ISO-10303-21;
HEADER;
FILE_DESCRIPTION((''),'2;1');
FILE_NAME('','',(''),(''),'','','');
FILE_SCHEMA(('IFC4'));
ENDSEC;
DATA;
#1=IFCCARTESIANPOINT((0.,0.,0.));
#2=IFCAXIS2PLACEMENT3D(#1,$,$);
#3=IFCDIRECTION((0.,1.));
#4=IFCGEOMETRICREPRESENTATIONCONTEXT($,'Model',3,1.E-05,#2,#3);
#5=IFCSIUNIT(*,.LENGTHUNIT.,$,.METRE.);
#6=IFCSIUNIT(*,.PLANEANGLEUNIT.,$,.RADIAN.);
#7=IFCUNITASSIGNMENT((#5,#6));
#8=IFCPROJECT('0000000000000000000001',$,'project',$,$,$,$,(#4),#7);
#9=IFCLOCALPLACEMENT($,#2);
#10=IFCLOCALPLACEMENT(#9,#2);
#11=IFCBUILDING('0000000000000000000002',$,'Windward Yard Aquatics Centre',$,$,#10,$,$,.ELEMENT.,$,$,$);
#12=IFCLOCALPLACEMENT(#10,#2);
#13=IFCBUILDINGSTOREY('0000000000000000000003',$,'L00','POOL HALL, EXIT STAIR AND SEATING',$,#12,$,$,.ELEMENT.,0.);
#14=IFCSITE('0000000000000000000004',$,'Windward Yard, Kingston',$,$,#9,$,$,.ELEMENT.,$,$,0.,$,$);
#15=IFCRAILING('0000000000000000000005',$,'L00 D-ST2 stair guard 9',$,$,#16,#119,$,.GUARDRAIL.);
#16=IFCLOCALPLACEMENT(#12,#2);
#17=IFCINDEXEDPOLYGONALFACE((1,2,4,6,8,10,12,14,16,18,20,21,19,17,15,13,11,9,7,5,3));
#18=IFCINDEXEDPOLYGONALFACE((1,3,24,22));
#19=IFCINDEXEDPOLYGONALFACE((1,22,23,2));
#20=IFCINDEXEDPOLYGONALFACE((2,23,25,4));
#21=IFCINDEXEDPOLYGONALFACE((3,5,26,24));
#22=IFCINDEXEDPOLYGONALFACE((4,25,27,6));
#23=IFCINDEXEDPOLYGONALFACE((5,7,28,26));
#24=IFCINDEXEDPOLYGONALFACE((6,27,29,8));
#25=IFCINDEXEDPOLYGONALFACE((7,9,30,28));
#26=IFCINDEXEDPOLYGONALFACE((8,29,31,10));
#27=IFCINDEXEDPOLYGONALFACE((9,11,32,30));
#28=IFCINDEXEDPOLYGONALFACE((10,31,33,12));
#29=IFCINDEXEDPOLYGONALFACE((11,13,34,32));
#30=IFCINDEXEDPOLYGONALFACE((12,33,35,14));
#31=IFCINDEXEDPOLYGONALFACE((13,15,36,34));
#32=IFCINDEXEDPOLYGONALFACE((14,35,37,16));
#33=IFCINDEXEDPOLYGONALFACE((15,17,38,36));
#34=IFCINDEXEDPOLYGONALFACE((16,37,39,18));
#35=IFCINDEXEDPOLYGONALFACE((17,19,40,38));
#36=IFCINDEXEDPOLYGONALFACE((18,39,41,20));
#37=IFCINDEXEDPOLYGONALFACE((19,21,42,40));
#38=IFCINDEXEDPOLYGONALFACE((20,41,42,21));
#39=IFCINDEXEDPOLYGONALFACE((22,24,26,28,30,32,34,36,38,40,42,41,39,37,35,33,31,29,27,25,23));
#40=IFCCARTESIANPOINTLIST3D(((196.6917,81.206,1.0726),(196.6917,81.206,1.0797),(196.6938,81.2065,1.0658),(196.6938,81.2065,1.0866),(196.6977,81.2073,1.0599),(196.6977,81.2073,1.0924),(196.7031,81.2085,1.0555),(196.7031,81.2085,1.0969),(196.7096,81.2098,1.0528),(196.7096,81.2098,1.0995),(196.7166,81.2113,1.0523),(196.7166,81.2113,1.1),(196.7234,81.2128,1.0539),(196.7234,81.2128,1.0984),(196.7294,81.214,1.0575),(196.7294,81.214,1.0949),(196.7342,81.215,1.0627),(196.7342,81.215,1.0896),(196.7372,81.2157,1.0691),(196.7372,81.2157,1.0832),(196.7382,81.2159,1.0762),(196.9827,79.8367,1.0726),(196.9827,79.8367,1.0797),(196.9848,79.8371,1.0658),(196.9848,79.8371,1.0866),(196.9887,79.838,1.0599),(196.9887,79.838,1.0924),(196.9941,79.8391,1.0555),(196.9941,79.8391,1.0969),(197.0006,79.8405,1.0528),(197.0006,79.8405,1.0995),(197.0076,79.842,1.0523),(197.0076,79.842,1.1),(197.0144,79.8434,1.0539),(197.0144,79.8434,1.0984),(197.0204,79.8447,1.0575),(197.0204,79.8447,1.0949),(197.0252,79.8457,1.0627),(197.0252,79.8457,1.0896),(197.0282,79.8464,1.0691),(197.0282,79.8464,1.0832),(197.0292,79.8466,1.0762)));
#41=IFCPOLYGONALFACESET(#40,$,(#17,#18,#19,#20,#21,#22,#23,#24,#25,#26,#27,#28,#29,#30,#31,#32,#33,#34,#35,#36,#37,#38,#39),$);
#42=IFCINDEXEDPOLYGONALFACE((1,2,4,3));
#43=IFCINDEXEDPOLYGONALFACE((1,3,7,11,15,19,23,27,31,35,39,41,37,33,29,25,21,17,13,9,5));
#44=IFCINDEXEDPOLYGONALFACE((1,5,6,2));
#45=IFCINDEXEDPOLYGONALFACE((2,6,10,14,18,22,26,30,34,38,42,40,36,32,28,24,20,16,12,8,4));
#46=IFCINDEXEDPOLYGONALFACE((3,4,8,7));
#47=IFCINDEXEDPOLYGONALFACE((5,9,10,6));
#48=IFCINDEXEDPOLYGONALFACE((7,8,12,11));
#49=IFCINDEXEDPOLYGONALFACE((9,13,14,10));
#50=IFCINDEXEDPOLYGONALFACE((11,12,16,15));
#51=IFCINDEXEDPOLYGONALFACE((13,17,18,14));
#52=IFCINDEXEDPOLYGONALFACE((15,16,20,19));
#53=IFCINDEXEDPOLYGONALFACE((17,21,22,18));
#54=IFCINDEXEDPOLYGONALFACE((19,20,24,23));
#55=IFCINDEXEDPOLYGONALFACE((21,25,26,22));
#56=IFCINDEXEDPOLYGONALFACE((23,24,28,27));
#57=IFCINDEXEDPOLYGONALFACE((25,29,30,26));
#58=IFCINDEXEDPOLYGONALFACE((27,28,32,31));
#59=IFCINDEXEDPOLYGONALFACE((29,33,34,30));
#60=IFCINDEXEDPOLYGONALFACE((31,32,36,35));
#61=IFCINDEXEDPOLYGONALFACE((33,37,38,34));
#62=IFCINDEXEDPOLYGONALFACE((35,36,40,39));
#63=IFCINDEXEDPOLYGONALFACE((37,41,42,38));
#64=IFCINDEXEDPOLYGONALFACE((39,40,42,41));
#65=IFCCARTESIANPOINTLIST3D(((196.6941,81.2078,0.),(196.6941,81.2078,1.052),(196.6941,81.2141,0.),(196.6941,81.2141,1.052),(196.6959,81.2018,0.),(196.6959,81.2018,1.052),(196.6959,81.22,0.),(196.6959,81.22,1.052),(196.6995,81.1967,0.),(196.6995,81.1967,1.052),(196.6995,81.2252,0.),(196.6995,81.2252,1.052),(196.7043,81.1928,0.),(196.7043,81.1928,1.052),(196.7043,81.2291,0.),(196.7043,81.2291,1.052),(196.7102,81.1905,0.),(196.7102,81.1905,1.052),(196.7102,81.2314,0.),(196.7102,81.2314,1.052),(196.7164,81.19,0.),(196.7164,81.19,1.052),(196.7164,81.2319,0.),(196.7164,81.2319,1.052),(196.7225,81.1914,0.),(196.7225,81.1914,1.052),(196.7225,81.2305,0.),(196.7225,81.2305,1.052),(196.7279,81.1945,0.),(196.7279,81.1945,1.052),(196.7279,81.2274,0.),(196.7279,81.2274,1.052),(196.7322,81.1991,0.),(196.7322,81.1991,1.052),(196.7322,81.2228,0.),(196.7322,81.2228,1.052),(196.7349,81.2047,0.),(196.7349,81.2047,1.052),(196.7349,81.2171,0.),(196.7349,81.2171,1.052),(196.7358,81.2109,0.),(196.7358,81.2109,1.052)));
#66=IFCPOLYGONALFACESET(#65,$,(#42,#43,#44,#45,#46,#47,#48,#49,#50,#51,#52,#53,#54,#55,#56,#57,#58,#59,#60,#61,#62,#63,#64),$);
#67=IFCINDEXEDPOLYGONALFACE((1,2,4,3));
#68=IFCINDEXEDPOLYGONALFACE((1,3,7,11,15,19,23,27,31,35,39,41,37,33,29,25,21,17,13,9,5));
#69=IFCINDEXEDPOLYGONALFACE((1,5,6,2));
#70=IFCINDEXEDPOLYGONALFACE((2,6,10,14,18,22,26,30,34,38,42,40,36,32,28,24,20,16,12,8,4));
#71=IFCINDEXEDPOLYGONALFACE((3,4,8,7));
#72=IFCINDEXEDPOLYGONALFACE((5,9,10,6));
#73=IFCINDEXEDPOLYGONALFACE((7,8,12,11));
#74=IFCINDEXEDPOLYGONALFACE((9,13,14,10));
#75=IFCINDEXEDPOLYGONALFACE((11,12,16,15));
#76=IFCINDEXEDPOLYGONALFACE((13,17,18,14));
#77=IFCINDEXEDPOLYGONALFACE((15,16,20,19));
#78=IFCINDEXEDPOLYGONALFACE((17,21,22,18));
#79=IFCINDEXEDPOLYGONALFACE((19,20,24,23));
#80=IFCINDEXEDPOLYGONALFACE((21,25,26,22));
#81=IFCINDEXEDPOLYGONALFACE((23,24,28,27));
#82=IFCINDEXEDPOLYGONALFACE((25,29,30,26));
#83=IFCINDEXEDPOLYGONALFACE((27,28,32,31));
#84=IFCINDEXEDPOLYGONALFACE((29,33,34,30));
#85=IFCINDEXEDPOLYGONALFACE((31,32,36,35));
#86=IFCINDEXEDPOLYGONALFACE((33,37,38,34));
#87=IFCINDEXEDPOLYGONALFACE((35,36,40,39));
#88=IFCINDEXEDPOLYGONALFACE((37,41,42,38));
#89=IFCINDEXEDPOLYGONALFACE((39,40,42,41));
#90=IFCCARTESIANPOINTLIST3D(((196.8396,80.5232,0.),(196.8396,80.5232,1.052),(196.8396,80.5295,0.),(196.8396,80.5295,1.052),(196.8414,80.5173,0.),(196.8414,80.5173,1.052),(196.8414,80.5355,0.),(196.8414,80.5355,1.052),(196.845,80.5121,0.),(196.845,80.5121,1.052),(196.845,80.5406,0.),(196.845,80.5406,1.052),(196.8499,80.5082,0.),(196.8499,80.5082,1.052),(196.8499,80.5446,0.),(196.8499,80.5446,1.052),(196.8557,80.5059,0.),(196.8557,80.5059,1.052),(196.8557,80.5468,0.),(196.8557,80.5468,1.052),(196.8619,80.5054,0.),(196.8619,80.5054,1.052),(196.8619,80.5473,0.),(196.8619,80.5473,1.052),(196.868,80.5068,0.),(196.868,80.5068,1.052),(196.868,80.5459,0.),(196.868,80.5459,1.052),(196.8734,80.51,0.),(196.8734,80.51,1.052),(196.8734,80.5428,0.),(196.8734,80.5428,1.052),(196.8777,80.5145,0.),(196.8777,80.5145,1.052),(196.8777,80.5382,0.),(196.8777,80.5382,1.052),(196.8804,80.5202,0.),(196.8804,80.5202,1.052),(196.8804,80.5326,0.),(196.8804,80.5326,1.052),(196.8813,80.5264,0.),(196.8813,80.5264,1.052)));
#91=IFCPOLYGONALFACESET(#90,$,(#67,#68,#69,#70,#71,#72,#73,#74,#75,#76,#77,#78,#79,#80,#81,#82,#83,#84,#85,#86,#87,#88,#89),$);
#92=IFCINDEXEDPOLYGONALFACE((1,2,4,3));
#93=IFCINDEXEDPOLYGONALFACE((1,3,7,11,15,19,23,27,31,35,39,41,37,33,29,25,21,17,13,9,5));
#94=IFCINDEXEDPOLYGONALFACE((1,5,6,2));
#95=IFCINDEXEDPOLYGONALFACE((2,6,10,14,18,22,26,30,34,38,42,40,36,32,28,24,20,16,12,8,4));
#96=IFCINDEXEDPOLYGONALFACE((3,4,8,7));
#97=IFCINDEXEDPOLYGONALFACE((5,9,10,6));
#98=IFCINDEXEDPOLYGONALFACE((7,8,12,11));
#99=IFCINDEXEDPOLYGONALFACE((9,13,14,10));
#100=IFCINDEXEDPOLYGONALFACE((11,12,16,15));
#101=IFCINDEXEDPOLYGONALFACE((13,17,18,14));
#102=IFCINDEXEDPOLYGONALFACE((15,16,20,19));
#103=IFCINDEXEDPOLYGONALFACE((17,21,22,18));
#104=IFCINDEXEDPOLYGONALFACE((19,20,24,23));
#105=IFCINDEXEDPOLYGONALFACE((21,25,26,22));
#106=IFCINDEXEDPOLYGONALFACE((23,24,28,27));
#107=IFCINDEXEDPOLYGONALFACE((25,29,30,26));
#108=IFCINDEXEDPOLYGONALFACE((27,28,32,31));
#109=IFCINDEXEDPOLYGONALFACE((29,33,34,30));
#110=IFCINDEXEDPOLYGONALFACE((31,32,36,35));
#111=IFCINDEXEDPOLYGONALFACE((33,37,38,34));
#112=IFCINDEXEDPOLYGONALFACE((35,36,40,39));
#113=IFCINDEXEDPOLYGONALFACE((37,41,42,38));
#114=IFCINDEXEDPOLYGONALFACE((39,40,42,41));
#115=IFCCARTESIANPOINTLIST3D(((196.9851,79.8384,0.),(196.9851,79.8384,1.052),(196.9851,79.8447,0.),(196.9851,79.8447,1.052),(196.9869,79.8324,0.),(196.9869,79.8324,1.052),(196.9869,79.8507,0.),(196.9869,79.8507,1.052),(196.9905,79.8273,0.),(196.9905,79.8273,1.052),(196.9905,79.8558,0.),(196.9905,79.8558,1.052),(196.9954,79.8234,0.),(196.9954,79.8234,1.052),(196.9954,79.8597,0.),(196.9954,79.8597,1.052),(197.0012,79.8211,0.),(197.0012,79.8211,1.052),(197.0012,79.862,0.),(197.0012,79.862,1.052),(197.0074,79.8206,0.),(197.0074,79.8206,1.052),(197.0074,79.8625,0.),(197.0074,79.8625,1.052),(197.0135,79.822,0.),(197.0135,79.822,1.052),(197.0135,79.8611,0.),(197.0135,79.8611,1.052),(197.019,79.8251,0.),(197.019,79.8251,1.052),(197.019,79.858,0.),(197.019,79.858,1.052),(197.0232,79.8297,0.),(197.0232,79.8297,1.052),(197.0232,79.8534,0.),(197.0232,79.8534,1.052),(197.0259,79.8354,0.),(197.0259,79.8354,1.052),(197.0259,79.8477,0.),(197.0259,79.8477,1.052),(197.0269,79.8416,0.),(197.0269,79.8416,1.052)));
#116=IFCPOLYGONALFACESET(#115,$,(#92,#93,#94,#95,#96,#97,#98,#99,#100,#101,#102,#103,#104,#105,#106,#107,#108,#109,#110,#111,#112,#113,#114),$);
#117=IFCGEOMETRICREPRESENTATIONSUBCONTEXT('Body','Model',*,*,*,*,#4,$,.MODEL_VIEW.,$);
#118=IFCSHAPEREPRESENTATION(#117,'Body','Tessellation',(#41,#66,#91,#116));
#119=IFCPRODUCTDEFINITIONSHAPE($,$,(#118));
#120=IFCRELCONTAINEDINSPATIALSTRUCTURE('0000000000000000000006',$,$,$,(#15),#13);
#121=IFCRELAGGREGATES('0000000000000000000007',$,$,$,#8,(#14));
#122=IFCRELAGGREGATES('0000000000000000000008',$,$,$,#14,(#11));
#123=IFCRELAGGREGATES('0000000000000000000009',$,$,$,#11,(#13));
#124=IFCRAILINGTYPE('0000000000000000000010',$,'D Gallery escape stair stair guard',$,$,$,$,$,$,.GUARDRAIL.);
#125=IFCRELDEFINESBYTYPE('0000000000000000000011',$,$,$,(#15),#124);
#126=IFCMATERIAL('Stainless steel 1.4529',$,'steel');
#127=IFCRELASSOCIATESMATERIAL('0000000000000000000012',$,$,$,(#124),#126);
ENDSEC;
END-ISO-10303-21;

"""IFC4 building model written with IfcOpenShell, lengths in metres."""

from ifc_helpers import new_model, si_unit, direction, frame, origin, origin_2d, place, context, subcontext, project, spatial, circle, extrude, material, type_object, element, save


model = new_model("IFC4")

# Units and contexts
model_context = context("Model", 3, precision=1e-05, world=origin(), true_north=direction((0.0, 1.0)))
body_context = subcontext(model_context, "Body", "Model", "MODEL_VIEW")
ifc_project = project(units=[si_unit("LENGTHUNIT", "METRE"), si_unit("PLANEANGLEUNIT", "RADIAN")], contexts=[model_context])

# Site, building, storey
site_placement = place(None, origin())
site = spatial("IfcSite", under=ifc_project, at=site_placement, Name="Windward Yard, Kingston", CompositionType="ELEMENT", RefElevation=0.0)
building_placement = place(site_placement, origin())
building = spatial("IfcBuilding", under=site, at=building_placement, Name="Windward Yard Aquatics Centre", CompositionType="ELEMENT")
storey_placement = place(building_placement, origin())
storey = spatial("IfcBuildingStorey", under=building, at=storey_placement, Name="L00", Description="POOL HALL, EXIT STAIR AND SEATING", CompositionType="ELEMENT", Elevation=0.0)

# Railing
ifc_material_1 = material(Name="Stainless steel 1.4529", Category="steel")
railing_type = type_object("IfcRailingType", Name="D Gallery escape stair stair guard", PredefinedType="GUARDRAIL", material=ifc_material_1)
railing_1_placement = place(storey_placement, frame((196.7148, 81.2109, 0.0)))
element("IfcRailing", 1, at=railing_1_placement, inside=storey, type_object=railing_type, Name="L00 D-ST2 stair guard 9", PredefinedType="GUARDRAIL", context=body_context, shape_type="SweptSolid", body=[
    extrude(circle(Radius=0.0239, at=origin_2d()), frame((0.0, 0.0, 1.0762), z_axis=(0.207873, -0.978156, 0.0), x_axis=(0.978156, 0.207873, 0.0)), (0.0, 0.0, 1.0), 1.3999),
    extrude(circle(Radius=0.021, at=origin_2d()), origin(), (0.0, 0.0, 1.0), 1.052),
    extrude(circle(Radius=0.021, at=origin_2d()), frame((0.1455, -0.6846, 0.0)), (0.0, 0.0, 1.0), 1.052),
    extrude(circle(Radius=0.021, at=origin_2d()), frame((0.291, -1.3694, 0.0)), (0.0, 0.0, 1.0), 1.052),
])

save(model, "model.ifc")
